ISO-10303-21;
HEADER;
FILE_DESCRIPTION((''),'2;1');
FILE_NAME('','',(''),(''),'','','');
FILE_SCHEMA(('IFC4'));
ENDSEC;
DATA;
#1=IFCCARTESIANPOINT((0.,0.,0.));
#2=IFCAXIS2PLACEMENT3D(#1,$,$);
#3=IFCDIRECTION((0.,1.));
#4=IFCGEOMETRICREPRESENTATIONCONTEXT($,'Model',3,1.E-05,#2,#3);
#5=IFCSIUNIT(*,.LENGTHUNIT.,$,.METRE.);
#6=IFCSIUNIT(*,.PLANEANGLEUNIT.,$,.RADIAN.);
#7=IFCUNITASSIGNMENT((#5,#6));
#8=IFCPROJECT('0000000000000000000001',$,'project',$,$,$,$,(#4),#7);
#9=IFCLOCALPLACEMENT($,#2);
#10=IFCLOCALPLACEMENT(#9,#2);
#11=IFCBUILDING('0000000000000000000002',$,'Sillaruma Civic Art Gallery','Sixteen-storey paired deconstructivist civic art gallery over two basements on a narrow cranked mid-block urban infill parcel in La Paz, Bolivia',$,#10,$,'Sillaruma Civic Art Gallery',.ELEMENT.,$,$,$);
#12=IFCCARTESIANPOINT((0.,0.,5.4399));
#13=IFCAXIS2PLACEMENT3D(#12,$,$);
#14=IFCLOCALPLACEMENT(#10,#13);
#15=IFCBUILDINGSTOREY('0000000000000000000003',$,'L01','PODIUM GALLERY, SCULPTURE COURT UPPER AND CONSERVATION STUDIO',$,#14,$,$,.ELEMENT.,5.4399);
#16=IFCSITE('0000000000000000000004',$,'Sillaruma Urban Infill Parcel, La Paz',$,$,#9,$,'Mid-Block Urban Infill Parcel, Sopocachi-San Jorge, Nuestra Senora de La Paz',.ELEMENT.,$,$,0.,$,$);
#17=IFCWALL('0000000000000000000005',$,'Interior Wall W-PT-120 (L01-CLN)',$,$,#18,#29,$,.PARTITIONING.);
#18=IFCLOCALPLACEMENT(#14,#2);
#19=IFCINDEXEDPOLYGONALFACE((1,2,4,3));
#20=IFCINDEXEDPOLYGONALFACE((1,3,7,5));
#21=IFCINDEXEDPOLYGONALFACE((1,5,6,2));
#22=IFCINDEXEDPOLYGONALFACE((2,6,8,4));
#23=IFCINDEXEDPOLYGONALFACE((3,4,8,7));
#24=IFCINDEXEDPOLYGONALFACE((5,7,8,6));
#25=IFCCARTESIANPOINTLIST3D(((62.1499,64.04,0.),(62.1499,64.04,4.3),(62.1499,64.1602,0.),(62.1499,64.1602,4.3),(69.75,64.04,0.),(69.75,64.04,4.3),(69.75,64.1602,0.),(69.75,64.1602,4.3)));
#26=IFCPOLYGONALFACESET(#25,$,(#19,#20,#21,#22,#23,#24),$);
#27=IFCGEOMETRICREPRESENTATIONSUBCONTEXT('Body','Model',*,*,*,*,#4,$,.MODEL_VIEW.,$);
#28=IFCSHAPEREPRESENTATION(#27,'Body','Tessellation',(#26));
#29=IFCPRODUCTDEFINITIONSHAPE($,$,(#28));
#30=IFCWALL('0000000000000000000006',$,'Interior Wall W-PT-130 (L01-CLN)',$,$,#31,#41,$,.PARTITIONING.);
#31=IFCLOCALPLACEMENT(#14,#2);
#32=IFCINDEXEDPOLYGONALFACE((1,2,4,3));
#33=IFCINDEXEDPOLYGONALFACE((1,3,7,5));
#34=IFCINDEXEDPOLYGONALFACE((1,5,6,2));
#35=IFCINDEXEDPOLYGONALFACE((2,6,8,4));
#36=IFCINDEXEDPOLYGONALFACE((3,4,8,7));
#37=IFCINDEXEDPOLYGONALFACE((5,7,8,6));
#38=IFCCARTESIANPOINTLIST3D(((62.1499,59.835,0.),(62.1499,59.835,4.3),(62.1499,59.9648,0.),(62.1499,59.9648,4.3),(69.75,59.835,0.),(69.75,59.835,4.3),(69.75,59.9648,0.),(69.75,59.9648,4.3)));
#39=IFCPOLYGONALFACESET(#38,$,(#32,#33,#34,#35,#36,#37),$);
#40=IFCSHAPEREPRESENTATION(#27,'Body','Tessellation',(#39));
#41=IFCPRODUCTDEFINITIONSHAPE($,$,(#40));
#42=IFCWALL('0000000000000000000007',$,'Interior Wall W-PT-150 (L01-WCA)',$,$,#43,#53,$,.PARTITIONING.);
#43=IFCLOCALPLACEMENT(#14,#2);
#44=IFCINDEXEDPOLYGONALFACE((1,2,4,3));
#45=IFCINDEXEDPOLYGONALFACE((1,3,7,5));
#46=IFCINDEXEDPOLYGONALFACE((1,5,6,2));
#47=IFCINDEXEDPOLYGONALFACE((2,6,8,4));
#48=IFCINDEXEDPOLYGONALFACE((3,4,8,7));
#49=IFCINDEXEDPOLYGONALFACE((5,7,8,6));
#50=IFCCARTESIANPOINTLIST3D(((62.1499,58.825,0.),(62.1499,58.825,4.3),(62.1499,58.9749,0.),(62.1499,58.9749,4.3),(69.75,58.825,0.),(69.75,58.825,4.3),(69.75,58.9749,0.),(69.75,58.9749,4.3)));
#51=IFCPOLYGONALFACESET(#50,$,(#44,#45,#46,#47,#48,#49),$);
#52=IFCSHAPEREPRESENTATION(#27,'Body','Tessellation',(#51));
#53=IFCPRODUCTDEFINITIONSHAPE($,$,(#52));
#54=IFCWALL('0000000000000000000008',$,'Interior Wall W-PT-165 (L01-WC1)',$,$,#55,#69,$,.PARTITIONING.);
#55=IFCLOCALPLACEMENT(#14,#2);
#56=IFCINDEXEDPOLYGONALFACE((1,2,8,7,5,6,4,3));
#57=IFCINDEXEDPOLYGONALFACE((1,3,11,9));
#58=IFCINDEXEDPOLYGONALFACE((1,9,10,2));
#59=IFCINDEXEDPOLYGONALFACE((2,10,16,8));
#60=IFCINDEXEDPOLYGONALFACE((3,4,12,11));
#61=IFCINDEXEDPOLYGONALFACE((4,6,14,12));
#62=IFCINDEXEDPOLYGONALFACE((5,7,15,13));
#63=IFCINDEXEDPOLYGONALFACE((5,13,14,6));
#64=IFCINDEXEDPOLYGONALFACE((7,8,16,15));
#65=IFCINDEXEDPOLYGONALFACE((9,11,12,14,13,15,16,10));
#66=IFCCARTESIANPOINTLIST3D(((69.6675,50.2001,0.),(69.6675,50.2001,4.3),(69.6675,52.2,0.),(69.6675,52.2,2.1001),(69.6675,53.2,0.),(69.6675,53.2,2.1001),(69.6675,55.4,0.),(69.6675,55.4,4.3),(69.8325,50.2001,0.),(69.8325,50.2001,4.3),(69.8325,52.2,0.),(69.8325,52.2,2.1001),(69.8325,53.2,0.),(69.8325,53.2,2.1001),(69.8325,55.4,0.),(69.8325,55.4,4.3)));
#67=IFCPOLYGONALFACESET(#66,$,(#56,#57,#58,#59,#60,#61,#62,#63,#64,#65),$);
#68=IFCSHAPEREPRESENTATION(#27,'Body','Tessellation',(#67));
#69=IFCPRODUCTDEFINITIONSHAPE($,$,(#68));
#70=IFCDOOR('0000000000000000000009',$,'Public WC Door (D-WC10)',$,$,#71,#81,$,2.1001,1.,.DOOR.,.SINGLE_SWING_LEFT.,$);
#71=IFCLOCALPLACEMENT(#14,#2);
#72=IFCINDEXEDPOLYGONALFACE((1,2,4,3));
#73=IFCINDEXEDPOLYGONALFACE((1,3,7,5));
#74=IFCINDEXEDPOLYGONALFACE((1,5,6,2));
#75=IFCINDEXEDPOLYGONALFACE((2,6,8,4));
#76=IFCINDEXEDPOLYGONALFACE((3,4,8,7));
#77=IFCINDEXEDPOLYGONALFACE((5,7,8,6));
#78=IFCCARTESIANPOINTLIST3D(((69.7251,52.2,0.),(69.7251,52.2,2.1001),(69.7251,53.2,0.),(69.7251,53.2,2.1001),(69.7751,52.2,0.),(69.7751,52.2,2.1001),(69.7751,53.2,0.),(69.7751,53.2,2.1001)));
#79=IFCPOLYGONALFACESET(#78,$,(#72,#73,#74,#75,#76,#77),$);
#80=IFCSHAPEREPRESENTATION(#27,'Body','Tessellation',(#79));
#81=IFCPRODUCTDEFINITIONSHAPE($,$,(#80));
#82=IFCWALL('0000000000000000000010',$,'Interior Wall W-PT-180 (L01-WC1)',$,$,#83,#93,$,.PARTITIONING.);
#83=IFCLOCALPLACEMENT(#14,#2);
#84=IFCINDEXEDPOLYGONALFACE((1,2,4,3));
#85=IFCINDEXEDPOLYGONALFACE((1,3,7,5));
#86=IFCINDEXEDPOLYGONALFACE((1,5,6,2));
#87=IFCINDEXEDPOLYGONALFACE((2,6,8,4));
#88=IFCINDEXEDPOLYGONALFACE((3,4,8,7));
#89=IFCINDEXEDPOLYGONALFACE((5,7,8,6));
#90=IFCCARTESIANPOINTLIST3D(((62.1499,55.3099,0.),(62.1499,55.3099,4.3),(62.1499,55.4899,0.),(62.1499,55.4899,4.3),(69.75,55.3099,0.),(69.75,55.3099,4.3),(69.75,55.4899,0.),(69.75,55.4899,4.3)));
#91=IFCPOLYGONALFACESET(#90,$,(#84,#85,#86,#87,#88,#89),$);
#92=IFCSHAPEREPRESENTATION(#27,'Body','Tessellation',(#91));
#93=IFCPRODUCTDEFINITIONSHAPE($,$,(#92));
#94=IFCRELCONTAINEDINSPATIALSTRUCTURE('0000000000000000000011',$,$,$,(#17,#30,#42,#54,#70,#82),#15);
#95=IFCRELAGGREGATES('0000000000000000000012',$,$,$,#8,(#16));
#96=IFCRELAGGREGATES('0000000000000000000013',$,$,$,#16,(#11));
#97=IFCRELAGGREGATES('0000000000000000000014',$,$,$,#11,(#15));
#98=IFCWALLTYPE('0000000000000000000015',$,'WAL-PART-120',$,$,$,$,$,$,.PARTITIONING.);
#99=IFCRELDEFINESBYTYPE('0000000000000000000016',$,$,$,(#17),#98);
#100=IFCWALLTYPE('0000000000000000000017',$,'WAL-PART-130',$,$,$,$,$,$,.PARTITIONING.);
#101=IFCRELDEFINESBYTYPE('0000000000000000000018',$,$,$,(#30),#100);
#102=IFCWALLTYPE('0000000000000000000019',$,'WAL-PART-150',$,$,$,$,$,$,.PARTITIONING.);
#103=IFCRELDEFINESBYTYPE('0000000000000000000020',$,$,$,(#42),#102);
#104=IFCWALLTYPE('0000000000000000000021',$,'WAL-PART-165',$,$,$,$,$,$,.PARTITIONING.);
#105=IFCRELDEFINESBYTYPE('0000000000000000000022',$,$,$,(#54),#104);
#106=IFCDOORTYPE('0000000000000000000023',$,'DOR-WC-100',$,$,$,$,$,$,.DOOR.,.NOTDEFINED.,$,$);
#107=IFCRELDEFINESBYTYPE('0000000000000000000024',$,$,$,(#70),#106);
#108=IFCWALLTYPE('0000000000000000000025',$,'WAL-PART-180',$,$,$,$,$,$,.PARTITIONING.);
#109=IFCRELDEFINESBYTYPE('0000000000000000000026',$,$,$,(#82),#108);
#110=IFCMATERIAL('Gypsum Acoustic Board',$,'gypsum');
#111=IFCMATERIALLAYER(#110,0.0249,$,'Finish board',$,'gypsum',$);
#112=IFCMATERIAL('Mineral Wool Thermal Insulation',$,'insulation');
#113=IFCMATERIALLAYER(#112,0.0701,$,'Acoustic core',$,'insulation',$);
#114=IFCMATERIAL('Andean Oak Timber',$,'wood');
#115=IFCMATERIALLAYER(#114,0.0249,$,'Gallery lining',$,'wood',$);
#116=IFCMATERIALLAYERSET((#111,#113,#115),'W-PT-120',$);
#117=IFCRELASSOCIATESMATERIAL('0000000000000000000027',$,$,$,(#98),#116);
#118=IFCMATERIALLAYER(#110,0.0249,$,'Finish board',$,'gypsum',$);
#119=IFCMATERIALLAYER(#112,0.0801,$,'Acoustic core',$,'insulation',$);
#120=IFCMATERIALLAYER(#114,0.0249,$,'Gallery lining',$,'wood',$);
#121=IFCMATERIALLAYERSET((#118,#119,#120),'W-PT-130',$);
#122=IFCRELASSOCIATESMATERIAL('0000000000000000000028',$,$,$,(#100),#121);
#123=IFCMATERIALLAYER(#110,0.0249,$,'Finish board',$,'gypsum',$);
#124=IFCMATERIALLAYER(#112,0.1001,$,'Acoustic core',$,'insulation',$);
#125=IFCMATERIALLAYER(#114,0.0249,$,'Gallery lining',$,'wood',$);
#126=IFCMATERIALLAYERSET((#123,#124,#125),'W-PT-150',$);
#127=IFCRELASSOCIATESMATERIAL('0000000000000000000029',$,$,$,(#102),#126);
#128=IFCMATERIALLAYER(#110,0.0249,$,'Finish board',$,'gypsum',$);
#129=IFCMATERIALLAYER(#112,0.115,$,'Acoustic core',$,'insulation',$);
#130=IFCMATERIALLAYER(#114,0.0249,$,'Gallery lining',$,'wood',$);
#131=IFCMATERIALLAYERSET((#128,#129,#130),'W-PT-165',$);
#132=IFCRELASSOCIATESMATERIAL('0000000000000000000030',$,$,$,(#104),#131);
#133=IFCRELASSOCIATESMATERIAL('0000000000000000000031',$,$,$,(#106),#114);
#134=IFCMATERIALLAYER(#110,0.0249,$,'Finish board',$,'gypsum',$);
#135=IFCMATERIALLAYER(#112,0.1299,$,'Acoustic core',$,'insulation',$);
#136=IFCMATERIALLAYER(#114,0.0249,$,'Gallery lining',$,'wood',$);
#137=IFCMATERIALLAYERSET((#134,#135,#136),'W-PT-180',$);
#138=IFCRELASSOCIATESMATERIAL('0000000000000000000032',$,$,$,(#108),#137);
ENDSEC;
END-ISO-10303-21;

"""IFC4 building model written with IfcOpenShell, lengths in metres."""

from ifc_helpers import new_model, si_unit, direction, frame, frame_2d, origin, place, context, subcontext, project, spatial, rectangle, extrude, material, layer, layer_set, type_object, element, fill, save


model = new_model("IFC4")

# Units and contexts
model_context = context("Model", 3, precision=1e-05, world=origin(), true_north=direction((0.0, 1.0)))
body_context = subcontext(model_context, "Body", "Model", "MODEL_VIEW")
ifc_project = project(units=[si_unit("LENGTHUNIT", "METRE"), si_unit("PLANEANGLEUNIT", "RADIAN")], contexts=[model_context])

# Site, building, storey
site_placement = place(None, origin())
site = spatial("IfcSite", under=ifc_project, at=site_placement, Name="Sillaruma Urban Infill Parcel, La Paz", LongName="Mid-Block Urban Infill Parcel, Sopocachi-San Jorge, Nuestra Senora de La Paz", CompositionType="ELEMENT", RefElevation=0.0)
building_placement = place(site_placement, origin())
building = spatial("IfcBuilding", under=site, at=building_placement, Name="Sillaruma Civic Art Gallery", Description="Sixteen-storey paired deconstructivist civic art gallery over two basements on a narrow cranked mid-block urban infill parcel in La Paz, Bolivia", LongName="Sillaruma Civic Art Gallery", CompositionType="ELEMENT")
storey_placement = place(building_placement, frame((0.0, 0.0, 5.4399)))
storey = spatial("IfcBuildingStorey", under=building, at=storey_placement, Name="L01", Description="PODIUM GALLERY, SCULPTURE COURT UPPER AND CONSERVATION STUDIO", CompositionType="ELEMENT", Elevation=5.4399)

# Shared definitions
ifc_material_1 = material(Name="Gypsum Acoustic Board", Category="gypsum")
ifc_material_2 = material(Name="Mineral Wool Thermal Insulation", Category="insulation")
ifc_material_3 = material(Name="Andean Oak Timber", Category="wood")

# Walls
ifc_layer_1 = layer(ifc_material_1, 0.0249, Name="Finish board", Category="gypsum")
ifc_layer_2 = layer(ifc_material_2, 0.0701, Name="Acoustic core", Category="insulation")
ifc_layer_3 = layer(ifc_material_3, 0.0249, Name="Gallery lining", Category="wood")
ifc_layer_set_1 = layer_set([ifc_layer_1, ifc_layer_2, ifc_layer_3], Name="W-PT-120")
wall_type_1 = type_object("IfcWallType", Name="WAL-PART-120", PredefinedType="PARTITIONING", material=ifc_layer_set_1)
wall_1_placement = place(storey_placement, frame((62.1499, 64.1001, 0.0), z_axis=(0.0, 0.0, 1.0), x_axis=(1.0, 0.0, 0.0)))
element("IfcWall", 1, at=wall_1_placement, inside=storey, type_object=wall_type_1, Name="Interior Wall W-PT-120 (L01-CLN)", PredefinedType="PARTITIONING", context=body_context, shape_type="SweptSolid", body=[
    extrude(rectangle(XDim=7.6001, YDim=0.1201, at=frame_2d((3.8, 0.0))), origin(), (0.0, 0.0, 1.0), 4.3),
])
ifc_layer_4 = layer(ifc_material_1, 0.0249, Name="Finish board", Category="gypsum")
ifc_layer_5 = layer(ifc_material_2, 0.0801, Name="Acoustic core", Category="insulation")
ifc_layer_6 = layer(ifc_material_3, 0.0249, Name="Gallery lining", Category="wood")
ifc_layer_set_2 = layer_set([ifc_layer_4, ifc_layer_5, ifc_layer_6], Name="W-PT-130")
wall_type_2 = type_object("IfcWallType", Name="WAL-PART-130", PredefinedType="PARTITIONING", material=ifc_layer_set_2)
wall_2_placement = place(storey_placement, frame((62.1499, 59.8999, 0.0), z_axis=(0.0, 0.0, 1.0), x_axis=(1.0, 0.0, 0.0)))
element("IfcWall", 2, at=wall_2_placement, inside=storey, type_object=wall_type_2, Name="Interior Wall W-PT-130 (L01-CLN)", PredefinedType="PARTITIONING", context=body_context, shape_type="SweptSolid", body=[
    extrude(rectangle(XDim=7.6001, YDim=0.1299, at=frame_2d((3.8, 0.0))), origin(), (0.0, 0.0, 1.0), 4.3),
])

# Wall
ifc_layer_7 = layer(ifc_material_1, 0.0249, Name="Finish board", Category="gypsum")
ifc_layer_8 = layer(ifc_material_2, 0.1001, Name="Acoustic core", Category="insulation")
ifc_layer_9 = layer(ifc_material_3, 0.0249, Name="Gallery lining", Category="wood")
ifc_layer_set_3 = layer_set([ifc_layer_7, ifc_layer_8, ifc_layer_9], Name="W-PT-150")
wall_type_3 = type_object("IfcWallType", Name="WAL-PART-150", PredefinedType="PARTITIONING", material=ifc_layer_set_3)
wall_3_placement = place(storey_placement, frame((62.1499, 58.8999, 0.0), z_axis=(0.0, 0.0, 1.0), x_axis=(1.0, 0.0, 0.0)))
element("IfcWall", 3, at=wall_3_placement, inside=storey, type_object=wall_type_3, Name="Interior Wall W-PT-150 (L01-WCA)", PredefinedType="PARTITIONING", context=body_context, shape_type="SweptSolid", body=[
    extrude(rectangle(XDim=7.6001, YDim=0.1499, at=frame_2d((3.8, 0.0))), origin(), (0.0, 0.0, 1.0), 4.3),
])

# Wall, opening, door
ifc_layer_10 = layer(ifc_material_1, 0.0249, Name="Finish board", Category="gypsum")
ifc_layer_11 = layer(ifc_material_2, 0.115, Name="Acoustic core", Category="insulation")
ifc_layer_12 = layer(ifc_material_3, 0.0249, Name="Gallery lining", Category="wood")
ifc_layer_set_4 = layer_set([ifc_layer_10, ifc_layer_11, ifc_layer_12], Name="W-PT-165")
wall_type_4 = type_object("IfcWallType", Name="WAL-PART-165", PredefinedType="PARTITIONING", material=ifc_layer_set_4)
wall_4_placement = place(storey_placement, frame((69.75, 50.2, 0.0), z_axis=(0.0, 0.0, 1.0), x_axis=(0.0, 1.0, 0.0)))
wall_4 = element("IfcWall", 4, at=wall_4_placement, inside=storey, type_object=wall_type_4, Name="Interior Wall W-PT-165 (L01-WC1)", PredefinedType="PARTITIONING", context=body_context, shape_type="SweptSolid", body=[
    extrude(rectangle(XDim=5.2, YDim=0.165, at=frame_2d((2.6001, 0.0))), origin(), (0.0, 0.0, 1.0), 4.3),
])
opening_1_placement = place(wall_4_placement, frame((2.0, 0.0, 0.0)))
opening_1 = element("IfcOpeningElement", 5, at=opening_1_placement, cuts=wall_4, PredefinedType="OPENING", context=body_context, shape_type="SweptSolid", body=[
    extrude(rectangle(XDim=1.0, YDim=2.1001, at=frame_2d((0.5, 1.05))), frame((0.0, 0.0925, 0.0), z_axis=(0.0, -1.0, 0.0), x_axis=(1.0, 0.0, 0.0)), (0.0, 0.0, 1.0), 0.1851),
])
door_type_1 = type_object("IfcDoorType", Name="DOR-WC-100", OperationType="NOTDEFINED", PredefinedType="DOOR", material=ifc_material_3)
door_1_placement = place(opening_1_placement, origin())
door_1 = element("IfcDoor", 6, at=door_1_placement, inside=storey, type_object=door_type_1, Name="Public WC Door (D-WC10)", OperationType="SINGLE_SWING_LEFT", OverallHeight=2.1001, OverallWidth=1.0, PredefinedType="DOOR", context=body_context, shape_type="SweptSolid", body=[
    extrude(rectangle(XDim=1.0, YDim=2.1001, at=frame_2d((0.5, 1.05))), frame((0.0, 0.0249, 0.0), z_axis=(0.0, -1.0, 0.0), x_axis=(1.0, 0.0, 0.0)), (0.0, 0.0, 1.0), 0.05),
])
fill(opening_1, door_1)

# Wall
ifc_layer_13 = layer(ifc_material_1, 0.0249, Name="Finish board", Category="gypsum")
ifc_layer_14 = layer(ifc_material_2, 0.1299, Name="Acoustic core", Category="insulation")
ifc_layer_15 = layer(ifc_material_3, 0.0249, Name="Gallery lining", Category="wood")
ifc_layer_set_5 = layer_set([ifc_layer_13, ifc_layer_14, ifc_layer_15], Name="W-PT-180")
wall_type_5 = type_object("IfcWallType", Name="WAL-PART-180", PredefinedType="PARTITIONING", material=ifc_layer_set_5)
wall_5_placement = place(storey_placement, frame((62.1499, 55.3999, 0.0), z_axis=(0.0, 0.0, 1.0), x_axis=(1.0, 0.0, 0.0)))
element("IfcWall", 7, at=wall_5_placement, inside=storey, type_object=wall_type_5, Name="Interior Wall W-PT-180 (L01-WC1)", PredefinedType="PARTITIONING", context=body_context, shape_type="SweptSolid", body=[
    extrude(rectangle(XDim=7.6001, YDim=0.1799, at=frame_2d((3.8, 0.0))), origin(), (0.0, 0.0, 1.0), 4.3),
])

save(model, "model.ifc")
